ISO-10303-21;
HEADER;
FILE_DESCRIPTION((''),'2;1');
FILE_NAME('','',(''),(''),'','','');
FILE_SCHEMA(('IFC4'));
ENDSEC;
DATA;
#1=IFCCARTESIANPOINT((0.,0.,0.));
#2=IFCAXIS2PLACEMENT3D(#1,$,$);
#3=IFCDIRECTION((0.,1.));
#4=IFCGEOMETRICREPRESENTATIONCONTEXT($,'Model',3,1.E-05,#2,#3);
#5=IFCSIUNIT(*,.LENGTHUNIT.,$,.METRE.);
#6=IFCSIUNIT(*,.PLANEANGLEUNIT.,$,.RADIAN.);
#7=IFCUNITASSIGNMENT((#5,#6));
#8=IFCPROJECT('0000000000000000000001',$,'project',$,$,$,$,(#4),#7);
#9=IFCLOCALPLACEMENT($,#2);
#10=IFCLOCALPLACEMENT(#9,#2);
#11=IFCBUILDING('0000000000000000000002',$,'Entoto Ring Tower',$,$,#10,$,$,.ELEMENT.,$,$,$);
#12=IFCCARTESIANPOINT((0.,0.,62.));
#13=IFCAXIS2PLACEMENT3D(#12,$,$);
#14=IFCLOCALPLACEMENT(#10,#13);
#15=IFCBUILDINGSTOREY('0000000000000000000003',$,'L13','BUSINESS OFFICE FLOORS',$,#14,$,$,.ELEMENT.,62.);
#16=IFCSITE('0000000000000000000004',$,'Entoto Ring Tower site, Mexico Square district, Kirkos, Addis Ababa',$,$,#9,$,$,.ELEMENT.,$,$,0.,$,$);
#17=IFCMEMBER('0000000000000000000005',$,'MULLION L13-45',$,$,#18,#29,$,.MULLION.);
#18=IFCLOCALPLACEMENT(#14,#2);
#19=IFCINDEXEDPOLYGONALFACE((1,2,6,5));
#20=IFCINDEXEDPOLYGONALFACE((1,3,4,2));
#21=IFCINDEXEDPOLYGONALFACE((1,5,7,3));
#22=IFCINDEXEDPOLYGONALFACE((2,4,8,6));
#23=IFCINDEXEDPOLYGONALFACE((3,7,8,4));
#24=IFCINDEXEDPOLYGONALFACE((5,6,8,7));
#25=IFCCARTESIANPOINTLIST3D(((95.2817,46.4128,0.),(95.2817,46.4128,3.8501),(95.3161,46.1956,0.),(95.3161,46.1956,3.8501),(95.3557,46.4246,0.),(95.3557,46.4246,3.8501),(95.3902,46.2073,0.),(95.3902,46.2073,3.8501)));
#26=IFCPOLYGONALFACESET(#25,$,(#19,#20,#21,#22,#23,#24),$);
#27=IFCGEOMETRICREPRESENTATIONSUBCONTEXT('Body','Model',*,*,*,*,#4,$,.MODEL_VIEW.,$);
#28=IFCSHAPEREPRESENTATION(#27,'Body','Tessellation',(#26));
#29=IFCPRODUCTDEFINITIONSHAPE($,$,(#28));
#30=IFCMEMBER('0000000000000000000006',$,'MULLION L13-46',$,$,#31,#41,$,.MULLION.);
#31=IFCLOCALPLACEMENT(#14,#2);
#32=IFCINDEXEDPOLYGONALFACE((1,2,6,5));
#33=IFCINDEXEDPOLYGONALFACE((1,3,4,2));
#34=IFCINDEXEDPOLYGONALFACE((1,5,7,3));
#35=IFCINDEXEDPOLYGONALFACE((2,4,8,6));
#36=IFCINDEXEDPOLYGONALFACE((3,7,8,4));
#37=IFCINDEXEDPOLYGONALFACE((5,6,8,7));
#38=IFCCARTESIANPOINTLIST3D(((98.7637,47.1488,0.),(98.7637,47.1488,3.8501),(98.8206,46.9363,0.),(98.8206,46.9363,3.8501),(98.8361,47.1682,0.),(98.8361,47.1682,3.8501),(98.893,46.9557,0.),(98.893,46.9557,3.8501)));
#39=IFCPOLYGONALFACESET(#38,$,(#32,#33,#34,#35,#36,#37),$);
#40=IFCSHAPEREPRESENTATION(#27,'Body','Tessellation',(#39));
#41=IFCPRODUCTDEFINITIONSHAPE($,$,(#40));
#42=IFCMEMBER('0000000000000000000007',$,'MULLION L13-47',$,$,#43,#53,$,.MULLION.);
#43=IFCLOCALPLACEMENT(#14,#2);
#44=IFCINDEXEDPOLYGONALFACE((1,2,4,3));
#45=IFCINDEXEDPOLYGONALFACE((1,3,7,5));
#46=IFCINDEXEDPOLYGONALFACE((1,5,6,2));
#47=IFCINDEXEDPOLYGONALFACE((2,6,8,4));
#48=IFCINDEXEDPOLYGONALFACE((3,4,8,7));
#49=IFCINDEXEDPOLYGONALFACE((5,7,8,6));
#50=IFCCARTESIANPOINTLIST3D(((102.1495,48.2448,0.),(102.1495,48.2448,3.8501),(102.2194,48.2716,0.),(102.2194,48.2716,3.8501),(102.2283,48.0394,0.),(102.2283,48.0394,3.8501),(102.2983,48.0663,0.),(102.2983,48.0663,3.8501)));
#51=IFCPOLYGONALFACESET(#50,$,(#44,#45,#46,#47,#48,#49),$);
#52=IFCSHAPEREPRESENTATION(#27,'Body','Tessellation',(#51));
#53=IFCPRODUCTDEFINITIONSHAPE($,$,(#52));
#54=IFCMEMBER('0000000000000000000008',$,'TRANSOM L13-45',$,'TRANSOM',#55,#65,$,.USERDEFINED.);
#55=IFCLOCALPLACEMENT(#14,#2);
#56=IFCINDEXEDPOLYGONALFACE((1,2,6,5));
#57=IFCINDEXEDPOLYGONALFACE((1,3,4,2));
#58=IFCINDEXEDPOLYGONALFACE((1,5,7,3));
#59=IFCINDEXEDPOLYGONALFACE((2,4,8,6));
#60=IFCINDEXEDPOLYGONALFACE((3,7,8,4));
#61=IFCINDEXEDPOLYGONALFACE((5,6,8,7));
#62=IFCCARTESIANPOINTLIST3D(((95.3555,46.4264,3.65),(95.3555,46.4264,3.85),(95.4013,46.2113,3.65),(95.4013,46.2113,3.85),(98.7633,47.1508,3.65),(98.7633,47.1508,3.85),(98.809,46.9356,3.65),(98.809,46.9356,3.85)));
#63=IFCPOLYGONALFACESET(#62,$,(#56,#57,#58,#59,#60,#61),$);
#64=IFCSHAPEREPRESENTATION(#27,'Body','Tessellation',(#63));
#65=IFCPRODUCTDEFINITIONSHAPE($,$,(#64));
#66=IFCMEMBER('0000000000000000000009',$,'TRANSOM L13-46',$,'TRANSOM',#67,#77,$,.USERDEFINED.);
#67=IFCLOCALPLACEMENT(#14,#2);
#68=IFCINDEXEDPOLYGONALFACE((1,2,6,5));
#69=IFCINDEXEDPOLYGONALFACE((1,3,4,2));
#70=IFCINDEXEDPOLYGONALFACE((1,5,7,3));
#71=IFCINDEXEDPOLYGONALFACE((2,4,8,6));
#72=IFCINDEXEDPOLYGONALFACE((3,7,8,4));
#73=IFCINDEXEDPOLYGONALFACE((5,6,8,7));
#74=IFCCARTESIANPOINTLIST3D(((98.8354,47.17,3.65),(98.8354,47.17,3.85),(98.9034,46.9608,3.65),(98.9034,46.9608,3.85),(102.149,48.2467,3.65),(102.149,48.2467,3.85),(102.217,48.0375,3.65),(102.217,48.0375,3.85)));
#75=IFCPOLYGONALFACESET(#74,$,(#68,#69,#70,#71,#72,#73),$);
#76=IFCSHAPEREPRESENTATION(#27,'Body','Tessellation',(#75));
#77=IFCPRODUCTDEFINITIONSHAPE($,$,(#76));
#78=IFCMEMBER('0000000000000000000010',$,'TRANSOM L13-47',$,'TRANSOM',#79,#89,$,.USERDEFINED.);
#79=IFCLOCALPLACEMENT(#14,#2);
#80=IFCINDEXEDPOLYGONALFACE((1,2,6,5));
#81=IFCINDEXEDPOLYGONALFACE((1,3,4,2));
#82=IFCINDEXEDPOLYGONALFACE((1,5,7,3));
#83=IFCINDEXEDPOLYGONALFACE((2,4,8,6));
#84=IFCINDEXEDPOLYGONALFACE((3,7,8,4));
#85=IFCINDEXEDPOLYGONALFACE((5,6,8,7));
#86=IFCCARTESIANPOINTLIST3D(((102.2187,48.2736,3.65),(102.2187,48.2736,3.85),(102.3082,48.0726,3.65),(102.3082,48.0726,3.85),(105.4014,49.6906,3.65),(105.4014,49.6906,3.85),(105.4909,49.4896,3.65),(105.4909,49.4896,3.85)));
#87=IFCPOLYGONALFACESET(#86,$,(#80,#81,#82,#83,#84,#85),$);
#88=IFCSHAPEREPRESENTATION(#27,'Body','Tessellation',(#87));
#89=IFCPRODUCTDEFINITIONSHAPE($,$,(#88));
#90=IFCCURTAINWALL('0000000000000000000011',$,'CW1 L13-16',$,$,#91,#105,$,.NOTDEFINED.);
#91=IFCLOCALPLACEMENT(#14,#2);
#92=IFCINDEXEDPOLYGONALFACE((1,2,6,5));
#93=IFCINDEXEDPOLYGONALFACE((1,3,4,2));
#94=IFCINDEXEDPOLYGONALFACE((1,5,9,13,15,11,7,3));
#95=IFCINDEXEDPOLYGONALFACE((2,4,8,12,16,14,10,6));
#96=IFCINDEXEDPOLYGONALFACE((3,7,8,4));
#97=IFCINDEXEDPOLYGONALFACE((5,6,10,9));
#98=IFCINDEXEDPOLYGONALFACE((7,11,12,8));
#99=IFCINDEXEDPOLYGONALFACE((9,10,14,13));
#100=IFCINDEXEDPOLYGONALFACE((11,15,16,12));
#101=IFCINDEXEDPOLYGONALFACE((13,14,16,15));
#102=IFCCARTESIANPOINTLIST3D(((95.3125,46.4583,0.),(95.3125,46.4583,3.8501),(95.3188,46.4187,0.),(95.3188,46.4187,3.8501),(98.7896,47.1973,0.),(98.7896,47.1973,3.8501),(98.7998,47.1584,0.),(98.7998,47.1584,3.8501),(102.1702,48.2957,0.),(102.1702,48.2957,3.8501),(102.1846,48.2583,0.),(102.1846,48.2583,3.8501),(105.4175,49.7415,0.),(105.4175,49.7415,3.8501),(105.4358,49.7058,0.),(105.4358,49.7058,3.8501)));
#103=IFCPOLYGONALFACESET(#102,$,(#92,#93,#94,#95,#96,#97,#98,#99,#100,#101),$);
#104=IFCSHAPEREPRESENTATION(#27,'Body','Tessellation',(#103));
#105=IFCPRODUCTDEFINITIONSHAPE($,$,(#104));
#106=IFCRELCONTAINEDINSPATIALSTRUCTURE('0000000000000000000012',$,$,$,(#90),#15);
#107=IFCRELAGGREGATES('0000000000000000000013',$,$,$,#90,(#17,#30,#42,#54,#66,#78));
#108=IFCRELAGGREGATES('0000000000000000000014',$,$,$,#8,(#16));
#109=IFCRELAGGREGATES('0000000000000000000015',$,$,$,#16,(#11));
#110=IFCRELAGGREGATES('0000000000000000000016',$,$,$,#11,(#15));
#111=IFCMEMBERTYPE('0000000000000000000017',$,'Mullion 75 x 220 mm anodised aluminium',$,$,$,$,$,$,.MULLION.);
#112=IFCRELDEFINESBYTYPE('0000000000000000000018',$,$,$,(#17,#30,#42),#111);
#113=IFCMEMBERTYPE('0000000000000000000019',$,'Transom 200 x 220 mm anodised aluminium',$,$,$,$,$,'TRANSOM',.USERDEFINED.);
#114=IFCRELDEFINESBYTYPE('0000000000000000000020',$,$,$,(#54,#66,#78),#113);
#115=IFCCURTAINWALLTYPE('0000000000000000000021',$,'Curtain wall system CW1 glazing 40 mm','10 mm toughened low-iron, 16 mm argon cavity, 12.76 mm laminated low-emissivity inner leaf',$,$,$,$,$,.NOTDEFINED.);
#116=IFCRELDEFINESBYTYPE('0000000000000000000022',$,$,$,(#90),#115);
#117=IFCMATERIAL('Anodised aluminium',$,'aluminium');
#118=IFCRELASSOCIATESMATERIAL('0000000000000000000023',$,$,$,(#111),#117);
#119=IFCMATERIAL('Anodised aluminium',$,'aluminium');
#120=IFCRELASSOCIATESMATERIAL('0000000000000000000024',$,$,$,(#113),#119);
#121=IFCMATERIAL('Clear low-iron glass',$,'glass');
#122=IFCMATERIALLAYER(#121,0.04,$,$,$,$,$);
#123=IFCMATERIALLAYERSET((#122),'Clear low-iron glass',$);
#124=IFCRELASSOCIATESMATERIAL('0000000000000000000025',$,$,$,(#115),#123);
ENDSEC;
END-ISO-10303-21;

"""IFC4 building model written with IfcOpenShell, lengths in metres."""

from ifc_helpers import new_model, si_unit, direction, frame, origin, origin_2d, place, context, subcontext, project, spatial, polyline, rectangle, outline, extrude, material, layer, layer_set, material_profile, profile_set, type_object, element, aggregate, save


model = new_model("IFC4")

# Units and contexts
model_context = context("Model", 3, precision=1e-05, world=origin(), true_north=direction((0.0, 1.0)))
body_context = subcontext(model_context, "Body", "Model", "MODEL_VIEW")
ifc_project = project(units=[si_unit("LENGTHUNIT", "METRE"), si_unit("PLANEANGLEUNIT", "RADIAN")], contexts=[model_context])

# Members
ifc_material_1 = material(Name="Anodised aluminium", Category="aluminium")
ifc_material_profile_1 = material_profile(ifc_material_1, rectangle(XDim=0.075, YDim=0.22, at=origin_2d()), Name="Mullion 75 x 220 mm anodised aluminium")
ifc_profile_set_1 = profile_set([ifc_material_profile_1], Name="Anodised aluminium")
member_type_1 = type_object("IfcMemberType", Name="Mullion 75 x 220 mm anodised aluminium", PredefinedType="MULLION", material=ifc_profile_set_1)
site_placement = place(None, origin())
building_placement = place(site_placement, origin())
storey_placement = place(building_placement, frame((0.0, 0.0, 62.0)))
member_1_placement = place(storey_placement, frame((95.3359, 46.3101, 0.0), z_axis=(0.0, 0.0, 1.0), x_axis=(0.987688, 0.156434, 0.0)))
member_1 = element("IfcMember", 1, at=member_1_placement, type_object=member_type_1, Name="MULLION L13-45", PredefinedType="MULLION", context=body_context, shape_type="SweptSolid", body=[
    extrude(rectangle(XDim=0.075, YDim=0.22, at=origin_2d()), origin(), (0.0, 0.0, 1.0), 3.8501),
])
member_2_placement = place(storey_placement, frame((98.8284, 47.0522, 0.0), z_axis=(0.0, 0.0, 1.0), x_axis=(0.965926, 0.258819, 0.0)))
member_2 = element("IfcMember", 2, at=member_2_placement, type_object=member_type_1, Name="MULLION L13-46", PredefinedType="MULLION", context=body_context, shape_type="SweptSolid", body=[
    extrude(rectangle(XDim=0.075, YDim=0.22, at=origin_2d()), origin(), (0.0, 0.0, 1.0), 3.8501),
])
member_3_placement = place(storey_placement, frame((102.2239, 48.1555, 0.0), z_axis=(0.0, 0.0, 1.0), x_axis=(0.93358, 0.358368, 0.0)))
member_3 = element("IfcMember", 3, at=member_3_placement, type_object=member_type_1, Name="MULLION L13-47", PredefinedType="MULLION", context=body_context, shape_type="SweptSolid", body=[
    extrude(rectangle(XDim=0.075, YDim=0.22, at=origin_2d()), origin(), (0.0, 0.0, 1.0), 3.8501),
])
ifc_material_2 = material(Name="Anodised aluminium", Category="aluminium")
ifc_material_profile_2 = material_profile(ifc_material_2, rectangle(XDim=0.22, YDim=0.2, at=origin_2d()), Name="Transom 200 x 220 mm anodised aluminium")
ifc_profile_set_2 = profile_set([ifc_material_profile_2], Name="Anodised aluminium")
member_type_2 = type_object("IfcMemberType", Name="Transom 200 x 220 mm anodised aluminium", ElementType="TRANSOM", PredefinedType="USERDEFINED", material=ifc_profile_set_2)
member_4_placement = place(storey_placement, frame((95.3784, 46.3188, 3.75), z_axis=(0.978146, 0.207921, 0.0), x_axis=(-0.207921, 0.978146, 0.0)))
member_4 = element("IfcMember", 4, at=member_4_placement, type_object=member_type_2, Name="TRANSOM L13-45", ObjectType="TRANSOM", PredefinedType="USERDEFINED", context=body_context, shape_type="SweptSolid", body=[
    extrude(rectangle(XDim=0.22, YDim=0.2, at=origin_2d()), origin(), (0.0, 0.0, 1.0), 3.4839),
])
member_5_placement = place(storey_placement, frame((98.8694, 47.0654, 3.75), z_axis=(0.951053, 0.309029, 0.0), x_axis=(-0.309029, 0.951053, 0.0)))
member_5 = element("IfcMember", 5, at=member_5_placement, type_object=member_type_2, Name="TRANSOM L13-46", ObjectType="TRANSOM", PredefinedType="USERDEFINED", context=body_context, shape_type="SweptSolid", body=[
    extrude(rectangle(XDim=0.22, YDim=0.2, at=origin_2d()), origin(), (0.0, 0.0, 1.0), 3.4841),
])
member_6_placement = place(storey_placement, frame((102.2634, 48.1731, 3.75), z_axis=(0.913545, 0.406737, 0.0), x_axis=(-0.406737, 0.913545, 0.0)))
member_6 = element("IfcMember", 6, at=member_6_placement, type_object=member_type_2, Name="TRANSOM L13-47", ObjectType="TRANSOM", PredefinedType="USERDEFINED", context=body_context, shape_type="SweptSolid", body=[
    extrude(rectangle(XDim=0.22, YDim=0.2, at=origin_2d()), origin(), (0.0, 0.0, 1.0), 3.4839),
])

# Site, building, storey
site = spatial("IfcSite", under=ifc_project, at=site_placement, Name="Entoto Ring Tower site, Mexico Square district, Kirkos, Addis Ababa", CompositionType="ELEMENT", RefElevation=0.0)
building = spatial("IfcBuilding", under=site, at=building_placement, Name="Entoto Ring Tower", CompositionType="ELEMENT")
storey = spatial("IfcBuildingStorey", under=building, at=storey_placement, Name="L13", Description="BUSINESS OFFICE FLOORS", CompositionType="ELEMENT", Elevation=62.0)

# Curtain wall
ifc_material_3 = material(Name="Clear low-iron glass", Category="glass")
ifc_layer_1 = layer(ifc_material_3, 0.04)
ifc_layer_set_1 = layer_set([ifc_layer_1], Name="Clear low-iron glass")
curtain_wall_type = type_object("IfcCurtainWallType", Name="Curtain wall system CW1 glazing 40 mm", Description="10 mm toughened low-iron, 16 mm argon cavity, 12.76 mm laminated low-emissivity inner leaf", PredefinedType="NOTDEFINED", material=ifc_layer_set_1)
curtain_wall_1_placement = place(storey_placement, origin())
curtain_wall_1 = element("IfcCurtainWall", 7, at=curtain_wall_1_placement, inside=storey, type_object=curtain_wall_type, Name="CW1 L13-16", PredefinedType="NOTDEFINED", context=body_context, shape_type="SweptSolid", body=[
    extrude(outline(polyline([(95.3188, 46.4187), (98.7998, 47.1584), (102.1846, 48.2583), (105.4358, 49.7058), (105.4175, 49.7415), (102.1702, 48.2957), (98.7896, 47.1973), (95.3125, 46.4583), (95.3188, 46.4187)])), origin(), (0.0, 0.0, 1.0), 3.8501),
])
aggregate(curtain_wall_1, [member_1, member_2, member_3, member_4, member_5, member_6])

save(model, "model.ifc")
